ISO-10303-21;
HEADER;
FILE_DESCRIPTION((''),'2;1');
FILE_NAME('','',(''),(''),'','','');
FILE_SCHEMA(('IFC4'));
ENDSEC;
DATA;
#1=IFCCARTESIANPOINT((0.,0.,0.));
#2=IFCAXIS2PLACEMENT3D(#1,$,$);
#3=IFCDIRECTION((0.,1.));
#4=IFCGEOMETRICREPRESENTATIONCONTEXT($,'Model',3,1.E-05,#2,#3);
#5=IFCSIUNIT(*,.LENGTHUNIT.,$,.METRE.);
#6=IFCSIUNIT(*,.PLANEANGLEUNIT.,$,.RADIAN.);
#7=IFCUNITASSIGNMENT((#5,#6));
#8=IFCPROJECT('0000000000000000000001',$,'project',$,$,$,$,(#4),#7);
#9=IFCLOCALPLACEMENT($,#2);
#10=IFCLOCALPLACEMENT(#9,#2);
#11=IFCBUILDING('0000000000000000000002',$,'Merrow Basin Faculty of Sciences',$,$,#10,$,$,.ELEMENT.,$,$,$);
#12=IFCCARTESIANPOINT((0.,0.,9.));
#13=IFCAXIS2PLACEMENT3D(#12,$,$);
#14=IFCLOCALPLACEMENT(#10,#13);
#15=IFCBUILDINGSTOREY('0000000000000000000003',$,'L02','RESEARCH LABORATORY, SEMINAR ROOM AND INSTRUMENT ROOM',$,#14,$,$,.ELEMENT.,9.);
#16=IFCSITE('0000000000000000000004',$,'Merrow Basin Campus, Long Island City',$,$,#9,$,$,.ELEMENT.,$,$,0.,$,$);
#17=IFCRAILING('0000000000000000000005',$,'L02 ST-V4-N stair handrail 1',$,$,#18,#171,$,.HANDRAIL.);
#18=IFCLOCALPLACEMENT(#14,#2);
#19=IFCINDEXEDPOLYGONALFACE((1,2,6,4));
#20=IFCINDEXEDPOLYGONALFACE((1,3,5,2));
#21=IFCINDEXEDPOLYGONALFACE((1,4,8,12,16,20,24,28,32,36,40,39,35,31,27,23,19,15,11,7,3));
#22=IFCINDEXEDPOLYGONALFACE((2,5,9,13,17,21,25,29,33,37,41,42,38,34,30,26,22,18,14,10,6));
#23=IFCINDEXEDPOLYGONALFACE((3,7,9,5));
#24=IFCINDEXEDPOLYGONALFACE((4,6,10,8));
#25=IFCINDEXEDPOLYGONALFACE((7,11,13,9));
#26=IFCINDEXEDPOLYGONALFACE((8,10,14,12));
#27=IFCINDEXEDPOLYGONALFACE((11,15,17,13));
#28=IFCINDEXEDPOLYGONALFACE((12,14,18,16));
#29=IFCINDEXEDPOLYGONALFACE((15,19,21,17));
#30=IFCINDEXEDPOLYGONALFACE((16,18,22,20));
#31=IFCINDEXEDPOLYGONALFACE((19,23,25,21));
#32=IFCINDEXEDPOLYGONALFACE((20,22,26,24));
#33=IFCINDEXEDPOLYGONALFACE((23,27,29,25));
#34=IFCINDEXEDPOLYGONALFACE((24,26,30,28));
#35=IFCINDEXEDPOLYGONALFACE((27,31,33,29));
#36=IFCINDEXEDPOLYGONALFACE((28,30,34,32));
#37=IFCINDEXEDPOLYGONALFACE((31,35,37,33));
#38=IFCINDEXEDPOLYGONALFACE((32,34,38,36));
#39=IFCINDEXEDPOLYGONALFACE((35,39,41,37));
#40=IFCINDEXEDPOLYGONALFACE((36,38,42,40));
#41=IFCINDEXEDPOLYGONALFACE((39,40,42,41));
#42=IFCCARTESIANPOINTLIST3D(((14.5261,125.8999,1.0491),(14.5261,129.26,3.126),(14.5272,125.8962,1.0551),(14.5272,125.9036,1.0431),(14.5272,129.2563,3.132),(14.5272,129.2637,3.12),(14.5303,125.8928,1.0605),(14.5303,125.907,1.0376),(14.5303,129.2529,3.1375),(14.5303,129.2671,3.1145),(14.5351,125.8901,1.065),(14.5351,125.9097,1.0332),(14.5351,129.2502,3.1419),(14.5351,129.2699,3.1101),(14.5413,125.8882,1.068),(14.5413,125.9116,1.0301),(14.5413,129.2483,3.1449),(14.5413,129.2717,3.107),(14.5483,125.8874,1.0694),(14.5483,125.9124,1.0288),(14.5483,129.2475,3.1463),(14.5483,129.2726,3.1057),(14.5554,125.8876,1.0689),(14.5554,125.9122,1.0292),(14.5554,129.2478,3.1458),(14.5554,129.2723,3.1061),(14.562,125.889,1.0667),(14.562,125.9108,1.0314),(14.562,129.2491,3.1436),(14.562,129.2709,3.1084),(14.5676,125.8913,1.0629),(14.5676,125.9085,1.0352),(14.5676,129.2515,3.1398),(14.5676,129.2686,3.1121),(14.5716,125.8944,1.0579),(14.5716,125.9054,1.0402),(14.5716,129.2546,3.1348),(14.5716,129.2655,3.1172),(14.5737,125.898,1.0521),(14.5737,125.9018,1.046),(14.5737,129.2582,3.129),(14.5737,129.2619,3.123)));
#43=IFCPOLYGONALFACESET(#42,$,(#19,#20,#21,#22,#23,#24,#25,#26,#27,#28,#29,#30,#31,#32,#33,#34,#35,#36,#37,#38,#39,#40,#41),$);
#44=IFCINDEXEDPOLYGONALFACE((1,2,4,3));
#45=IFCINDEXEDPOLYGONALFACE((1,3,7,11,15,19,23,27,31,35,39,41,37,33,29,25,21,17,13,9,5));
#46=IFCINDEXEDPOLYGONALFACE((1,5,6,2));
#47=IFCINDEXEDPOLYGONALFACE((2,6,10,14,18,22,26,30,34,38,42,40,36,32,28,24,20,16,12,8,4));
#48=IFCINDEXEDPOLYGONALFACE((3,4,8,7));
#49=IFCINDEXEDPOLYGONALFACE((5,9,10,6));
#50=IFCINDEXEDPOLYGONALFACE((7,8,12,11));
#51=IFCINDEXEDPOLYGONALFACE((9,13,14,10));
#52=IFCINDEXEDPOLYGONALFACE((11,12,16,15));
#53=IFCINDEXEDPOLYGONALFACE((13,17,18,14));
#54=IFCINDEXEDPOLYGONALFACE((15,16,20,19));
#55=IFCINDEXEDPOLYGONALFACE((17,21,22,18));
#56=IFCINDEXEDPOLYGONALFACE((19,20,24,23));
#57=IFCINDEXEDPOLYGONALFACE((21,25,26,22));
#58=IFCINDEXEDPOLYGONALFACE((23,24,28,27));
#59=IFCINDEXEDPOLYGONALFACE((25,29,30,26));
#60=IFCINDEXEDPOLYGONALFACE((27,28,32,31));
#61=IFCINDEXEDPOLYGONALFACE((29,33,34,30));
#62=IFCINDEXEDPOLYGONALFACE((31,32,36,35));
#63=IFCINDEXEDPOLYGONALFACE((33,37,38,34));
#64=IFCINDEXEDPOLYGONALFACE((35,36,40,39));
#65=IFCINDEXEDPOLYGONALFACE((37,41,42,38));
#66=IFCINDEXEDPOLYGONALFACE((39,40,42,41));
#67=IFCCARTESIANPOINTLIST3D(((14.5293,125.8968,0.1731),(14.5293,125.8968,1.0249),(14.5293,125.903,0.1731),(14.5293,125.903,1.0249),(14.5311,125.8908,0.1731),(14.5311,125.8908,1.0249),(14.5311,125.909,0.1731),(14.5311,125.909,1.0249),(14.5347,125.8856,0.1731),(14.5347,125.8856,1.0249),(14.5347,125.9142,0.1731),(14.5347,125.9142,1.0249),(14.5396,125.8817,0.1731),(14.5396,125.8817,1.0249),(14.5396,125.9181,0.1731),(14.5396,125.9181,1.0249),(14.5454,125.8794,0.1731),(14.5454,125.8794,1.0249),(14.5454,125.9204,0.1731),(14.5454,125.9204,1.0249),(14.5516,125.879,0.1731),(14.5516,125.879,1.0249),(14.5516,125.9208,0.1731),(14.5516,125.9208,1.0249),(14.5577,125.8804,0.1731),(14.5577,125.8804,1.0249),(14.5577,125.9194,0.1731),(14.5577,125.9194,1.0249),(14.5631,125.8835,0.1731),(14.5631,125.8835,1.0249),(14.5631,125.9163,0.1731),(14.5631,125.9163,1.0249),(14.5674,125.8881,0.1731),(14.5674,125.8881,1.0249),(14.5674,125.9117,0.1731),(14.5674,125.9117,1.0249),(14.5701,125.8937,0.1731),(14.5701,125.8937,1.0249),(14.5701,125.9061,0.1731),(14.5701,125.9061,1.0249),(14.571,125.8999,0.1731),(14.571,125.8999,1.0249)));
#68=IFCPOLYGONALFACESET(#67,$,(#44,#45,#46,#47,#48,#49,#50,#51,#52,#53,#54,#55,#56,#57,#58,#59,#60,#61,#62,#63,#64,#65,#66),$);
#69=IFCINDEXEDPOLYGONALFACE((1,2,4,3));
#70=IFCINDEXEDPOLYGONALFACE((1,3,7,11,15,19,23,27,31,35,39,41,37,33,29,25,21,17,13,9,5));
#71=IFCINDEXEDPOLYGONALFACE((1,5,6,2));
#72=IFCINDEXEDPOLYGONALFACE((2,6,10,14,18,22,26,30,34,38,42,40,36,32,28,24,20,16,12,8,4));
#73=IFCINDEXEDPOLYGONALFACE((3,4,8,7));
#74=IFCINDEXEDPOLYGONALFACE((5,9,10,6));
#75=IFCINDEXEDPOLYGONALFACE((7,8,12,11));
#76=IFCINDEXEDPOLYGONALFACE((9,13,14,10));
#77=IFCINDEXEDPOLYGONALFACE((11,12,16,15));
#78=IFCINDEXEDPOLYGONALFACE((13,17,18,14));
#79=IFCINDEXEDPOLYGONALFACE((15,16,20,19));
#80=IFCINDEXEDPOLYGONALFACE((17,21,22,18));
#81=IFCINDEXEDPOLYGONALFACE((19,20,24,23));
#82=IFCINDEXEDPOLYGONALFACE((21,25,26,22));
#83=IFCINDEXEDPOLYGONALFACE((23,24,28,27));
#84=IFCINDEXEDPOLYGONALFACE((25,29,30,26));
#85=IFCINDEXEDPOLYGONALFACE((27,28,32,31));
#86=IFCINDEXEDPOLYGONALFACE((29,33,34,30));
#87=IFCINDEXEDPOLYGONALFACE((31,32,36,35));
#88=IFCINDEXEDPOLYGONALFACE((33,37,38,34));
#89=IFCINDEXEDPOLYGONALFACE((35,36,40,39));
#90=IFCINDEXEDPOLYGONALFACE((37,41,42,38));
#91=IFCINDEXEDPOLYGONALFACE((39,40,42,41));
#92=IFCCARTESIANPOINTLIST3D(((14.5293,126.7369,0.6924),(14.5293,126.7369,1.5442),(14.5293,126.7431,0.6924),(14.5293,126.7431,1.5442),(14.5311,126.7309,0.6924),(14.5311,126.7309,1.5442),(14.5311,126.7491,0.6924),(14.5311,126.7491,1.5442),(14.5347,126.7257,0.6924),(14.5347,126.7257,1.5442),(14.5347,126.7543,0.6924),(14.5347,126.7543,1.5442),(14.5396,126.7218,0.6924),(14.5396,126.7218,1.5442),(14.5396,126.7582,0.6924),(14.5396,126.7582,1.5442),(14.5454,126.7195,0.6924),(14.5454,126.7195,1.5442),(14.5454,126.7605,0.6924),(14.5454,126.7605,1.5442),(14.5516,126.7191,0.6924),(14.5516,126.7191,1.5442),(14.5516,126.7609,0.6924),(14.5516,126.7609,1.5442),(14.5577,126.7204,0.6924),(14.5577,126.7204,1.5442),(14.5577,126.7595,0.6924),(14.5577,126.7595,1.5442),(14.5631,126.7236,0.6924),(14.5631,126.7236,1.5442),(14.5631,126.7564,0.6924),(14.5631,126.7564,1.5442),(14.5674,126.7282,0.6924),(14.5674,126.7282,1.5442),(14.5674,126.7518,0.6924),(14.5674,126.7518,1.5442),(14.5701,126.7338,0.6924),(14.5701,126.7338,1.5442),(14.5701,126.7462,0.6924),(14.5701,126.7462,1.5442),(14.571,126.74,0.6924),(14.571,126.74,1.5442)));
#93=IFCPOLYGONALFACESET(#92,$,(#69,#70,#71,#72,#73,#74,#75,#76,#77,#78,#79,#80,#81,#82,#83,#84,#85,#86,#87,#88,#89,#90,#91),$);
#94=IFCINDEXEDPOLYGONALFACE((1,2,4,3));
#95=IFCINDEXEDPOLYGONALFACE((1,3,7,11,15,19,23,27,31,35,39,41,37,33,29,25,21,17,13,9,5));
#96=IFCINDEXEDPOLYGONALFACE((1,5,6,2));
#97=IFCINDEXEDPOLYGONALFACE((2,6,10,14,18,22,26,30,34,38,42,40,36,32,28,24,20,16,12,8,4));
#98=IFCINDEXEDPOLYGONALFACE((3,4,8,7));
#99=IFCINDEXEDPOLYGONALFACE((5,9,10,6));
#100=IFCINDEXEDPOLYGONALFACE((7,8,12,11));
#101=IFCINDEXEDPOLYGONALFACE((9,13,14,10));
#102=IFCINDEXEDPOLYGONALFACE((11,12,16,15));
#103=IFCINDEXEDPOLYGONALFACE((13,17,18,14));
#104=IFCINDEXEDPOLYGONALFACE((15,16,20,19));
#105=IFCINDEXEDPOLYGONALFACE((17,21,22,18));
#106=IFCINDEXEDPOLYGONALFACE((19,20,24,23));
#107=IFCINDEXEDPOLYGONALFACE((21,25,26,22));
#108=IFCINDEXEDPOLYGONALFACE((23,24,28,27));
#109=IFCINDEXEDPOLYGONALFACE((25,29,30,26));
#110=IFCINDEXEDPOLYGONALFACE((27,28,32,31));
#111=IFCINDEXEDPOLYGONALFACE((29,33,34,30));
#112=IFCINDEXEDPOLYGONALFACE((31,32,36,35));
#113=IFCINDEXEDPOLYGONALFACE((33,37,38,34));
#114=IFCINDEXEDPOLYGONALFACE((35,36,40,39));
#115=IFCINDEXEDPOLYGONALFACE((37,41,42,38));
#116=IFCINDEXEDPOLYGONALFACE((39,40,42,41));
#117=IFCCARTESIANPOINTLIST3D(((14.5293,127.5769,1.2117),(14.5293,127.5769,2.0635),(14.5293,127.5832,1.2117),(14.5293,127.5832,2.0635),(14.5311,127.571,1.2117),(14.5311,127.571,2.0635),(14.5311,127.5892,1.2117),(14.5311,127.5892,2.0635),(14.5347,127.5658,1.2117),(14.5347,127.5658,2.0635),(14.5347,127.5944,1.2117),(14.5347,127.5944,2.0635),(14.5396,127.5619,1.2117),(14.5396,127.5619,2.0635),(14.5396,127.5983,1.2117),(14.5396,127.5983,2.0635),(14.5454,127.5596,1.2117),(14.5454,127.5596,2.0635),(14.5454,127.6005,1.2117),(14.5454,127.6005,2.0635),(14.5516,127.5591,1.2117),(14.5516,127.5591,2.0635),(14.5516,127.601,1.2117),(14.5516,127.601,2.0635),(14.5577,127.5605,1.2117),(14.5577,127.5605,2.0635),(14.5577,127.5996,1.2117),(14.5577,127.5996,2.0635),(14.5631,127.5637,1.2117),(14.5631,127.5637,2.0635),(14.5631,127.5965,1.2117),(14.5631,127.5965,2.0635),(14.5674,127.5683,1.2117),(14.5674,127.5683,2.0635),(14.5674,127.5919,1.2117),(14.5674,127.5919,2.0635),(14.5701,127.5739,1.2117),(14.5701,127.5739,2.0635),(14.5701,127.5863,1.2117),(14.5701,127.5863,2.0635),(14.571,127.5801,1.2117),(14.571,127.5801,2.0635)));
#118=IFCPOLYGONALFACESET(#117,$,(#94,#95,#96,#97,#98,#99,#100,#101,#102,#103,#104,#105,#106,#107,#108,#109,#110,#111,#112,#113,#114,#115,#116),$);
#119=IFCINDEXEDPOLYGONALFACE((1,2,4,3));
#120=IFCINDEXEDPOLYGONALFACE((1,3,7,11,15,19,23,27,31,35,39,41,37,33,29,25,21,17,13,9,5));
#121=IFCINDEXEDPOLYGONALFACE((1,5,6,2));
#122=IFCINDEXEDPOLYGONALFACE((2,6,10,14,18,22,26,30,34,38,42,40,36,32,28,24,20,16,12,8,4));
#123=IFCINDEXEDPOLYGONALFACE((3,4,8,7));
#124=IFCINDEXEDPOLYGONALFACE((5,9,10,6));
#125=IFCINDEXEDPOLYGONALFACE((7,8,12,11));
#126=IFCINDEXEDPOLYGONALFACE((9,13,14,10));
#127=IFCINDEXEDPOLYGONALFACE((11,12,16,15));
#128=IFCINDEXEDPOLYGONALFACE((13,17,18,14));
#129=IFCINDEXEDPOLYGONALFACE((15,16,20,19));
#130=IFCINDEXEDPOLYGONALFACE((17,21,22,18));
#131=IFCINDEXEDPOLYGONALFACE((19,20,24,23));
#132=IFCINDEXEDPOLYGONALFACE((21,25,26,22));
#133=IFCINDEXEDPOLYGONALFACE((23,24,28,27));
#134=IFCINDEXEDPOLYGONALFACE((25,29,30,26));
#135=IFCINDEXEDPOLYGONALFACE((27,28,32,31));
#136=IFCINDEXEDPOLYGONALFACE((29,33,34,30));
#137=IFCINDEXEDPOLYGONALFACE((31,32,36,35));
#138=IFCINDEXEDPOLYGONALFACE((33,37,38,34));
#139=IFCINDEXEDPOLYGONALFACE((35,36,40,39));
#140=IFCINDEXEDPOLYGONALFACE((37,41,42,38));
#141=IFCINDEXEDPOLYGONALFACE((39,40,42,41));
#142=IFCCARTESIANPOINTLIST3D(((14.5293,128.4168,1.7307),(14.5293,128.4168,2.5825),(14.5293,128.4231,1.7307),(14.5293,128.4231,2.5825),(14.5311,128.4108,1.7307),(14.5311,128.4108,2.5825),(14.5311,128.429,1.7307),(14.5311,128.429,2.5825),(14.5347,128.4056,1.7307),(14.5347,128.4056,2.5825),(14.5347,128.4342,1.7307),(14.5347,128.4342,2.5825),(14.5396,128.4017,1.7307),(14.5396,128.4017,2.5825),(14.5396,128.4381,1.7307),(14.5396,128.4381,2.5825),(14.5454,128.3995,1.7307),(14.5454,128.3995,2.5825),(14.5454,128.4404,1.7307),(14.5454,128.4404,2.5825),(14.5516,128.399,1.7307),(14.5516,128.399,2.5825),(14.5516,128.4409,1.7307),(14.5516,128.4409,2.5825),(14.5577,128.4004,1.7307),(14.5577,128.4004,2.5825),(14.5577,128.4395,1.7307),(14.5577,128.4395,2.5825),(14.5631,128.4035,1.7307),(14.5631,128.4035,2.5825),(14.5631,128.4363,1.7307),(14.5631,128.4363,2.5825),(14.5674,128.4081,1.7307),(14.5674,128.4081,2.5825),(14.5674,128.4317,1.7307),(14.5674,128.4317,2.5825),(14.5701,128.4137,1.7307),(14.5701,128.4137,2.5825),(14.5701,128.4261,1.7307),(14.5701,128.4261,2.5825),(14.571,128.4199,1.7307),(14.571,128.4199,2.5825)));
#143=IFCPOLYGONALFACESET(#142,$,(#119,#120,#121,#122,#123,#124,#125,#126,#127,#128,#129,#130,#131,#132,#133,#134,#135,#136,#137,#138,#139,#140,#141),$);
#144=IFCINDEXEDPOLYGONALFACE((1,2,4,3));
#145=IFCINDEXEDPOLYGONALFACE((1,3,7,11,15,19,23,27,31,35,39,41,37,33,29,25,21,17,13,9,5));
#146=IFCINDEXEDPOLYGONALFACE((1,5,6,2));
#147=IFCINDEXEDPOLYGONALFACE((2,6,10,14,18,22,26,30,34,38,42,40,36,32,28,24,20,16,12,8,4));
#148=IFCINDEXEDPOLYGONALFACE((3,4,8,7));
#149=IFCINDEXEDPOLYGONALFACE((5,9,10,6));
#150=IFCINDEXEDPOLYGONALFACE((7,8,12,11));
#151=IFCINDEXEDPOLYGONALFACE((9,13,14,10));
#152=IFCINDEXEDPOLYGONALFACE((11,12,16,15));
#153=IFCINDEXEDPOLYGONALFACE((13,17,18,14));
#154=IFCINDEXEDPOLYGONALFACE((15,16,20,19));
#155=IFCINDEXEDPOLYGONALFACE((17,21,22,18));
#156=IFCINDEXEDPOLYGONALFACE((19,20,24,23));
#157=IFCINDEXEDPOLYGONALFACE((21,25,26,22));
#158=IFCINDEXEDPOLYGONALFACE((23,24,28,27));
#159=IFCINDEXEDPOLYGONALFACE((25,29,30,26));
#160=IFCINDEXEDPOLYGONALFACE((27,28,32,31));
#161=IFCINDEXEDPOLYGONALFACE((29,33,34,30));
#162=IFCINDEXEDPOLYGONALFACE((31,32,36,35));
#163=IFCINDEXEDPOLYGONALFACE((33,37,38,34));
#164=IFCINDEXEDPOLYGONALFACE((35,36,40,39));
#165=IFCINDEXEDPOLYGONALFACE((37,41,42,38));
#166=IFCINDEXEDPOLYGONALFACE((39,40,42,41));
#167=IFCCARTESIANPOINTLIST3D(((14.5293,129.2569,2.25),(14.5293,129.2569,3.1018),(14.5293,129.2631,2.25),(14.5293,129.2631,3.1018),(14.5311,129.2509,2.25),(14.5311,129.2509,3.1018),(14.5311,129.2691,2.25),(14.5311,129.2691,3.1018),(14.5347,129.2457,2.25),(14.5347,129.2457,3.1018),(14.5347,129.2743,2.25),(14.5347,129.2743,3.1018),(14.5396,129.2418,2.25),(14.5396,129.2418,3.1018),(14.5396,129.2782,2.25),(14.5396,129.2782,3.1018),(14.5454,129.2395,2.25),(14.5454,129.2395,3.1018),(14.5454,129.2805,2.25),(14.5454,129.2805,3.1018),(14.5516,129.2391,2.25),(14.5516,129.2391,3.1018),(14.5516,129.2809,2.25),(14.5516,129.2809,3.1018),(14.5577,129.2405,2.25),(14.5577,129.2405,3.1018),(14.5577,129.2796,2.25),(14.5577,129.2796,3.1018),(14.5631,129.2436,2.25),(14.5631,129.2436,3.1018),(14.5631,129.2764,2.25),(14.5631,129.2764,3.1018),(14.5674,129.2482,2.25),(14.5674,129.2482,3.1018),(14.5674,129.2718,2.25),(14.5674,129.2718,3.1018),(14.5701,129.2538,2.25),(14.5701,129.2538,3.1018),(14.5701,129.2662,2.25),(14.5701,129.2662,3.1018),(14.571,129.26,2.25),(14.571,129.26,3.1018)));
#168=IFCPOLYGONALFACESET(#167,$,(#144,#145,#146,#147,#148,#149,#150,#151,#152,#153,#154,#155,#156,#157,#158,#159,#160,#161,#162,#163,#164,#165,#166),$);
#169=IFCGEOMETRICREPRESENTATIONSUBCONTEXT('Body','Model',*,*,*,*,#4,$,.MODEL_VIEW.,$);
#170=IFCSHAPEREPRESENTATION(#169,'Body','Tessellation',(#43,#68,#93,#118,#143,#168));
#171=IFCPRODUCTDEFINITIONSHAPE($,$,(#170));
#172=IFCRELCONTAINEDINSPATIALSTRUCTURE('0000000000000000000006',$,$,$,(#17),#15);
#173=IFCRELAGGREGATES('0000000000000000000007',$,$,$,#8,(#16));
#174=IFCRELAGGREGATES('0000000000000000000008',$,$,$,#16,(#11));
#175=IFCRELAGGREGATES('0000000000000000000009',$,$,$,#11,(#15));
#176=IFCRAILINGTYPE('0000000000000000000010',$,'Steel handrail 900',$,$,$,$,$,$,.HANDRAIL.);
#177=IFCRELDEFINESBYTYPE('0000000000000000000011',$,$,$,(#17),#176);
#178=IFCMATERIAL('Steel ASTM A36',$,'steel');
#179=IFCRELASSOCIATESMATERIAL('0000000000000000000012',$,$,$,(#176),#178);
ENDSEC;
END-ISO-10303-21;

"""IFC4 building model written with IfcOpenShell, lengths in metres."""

from ifc_helpers import new_model, si_unit, direction, frame, origin, origin_2d, place, context, subcontext, project, spatial, circle, extrude, material, type_object, element, save


model = new_model("IFC4")

# Units and contexts
model_context = context("Model", 3, precision=1e-05, world=origin(), true_north=direction((0.0, 1.0)))
body_context = subcontext(model_context, "Body", "Model", "MODEL_VIEW")
ifc_project = project(units=[si_unit("LENGTHUNIT", "METRE"), si_unit("PLANEANGLEUNIT", "RADIAN")], contexts=[model_context])

# Site, building, storey
site_placement = place(None, origin())
site = spatial("IfcSite", under=ifc_project, at=site_placement, Name="Merrow Basin Campus, Long Island City", CompositionType="ELEMENT", RefElevation=0.0)
building_placement = place(site_placement, origin())
building = spatial("IfcBuilding", under=site, at=building_placement, Name="Merrow Basin Faculty of Sciences", CompositionType="ELEMENT")
storey_placement = place(building_placement, frame((0.0, 0.0, 9.0)))
storey = spatial("IfcBuildingStorey", under=building, at=storey_placement, Name="L02", Description="RESEARCH LABORATORY, SEMINAR ROOM AND INSTRUMENT ROOM", CompositionType="ELEMENT", Elevation=9.0)

# Railing
ifc_material_1 = material(Name="Steel ASTM A36", Category="steel")
railing_type_1 = type_object("IfcRailingType", Name="Steel handrail 900", PredefinedType="HANDRAIL", material=ifc_material_1)
railing_1_placement = place(storey_placement, frame((14.55, 125.8999, 0.1731)))
element("IfcRailing", 1, at=railing_1_placement, inside=storey, type_object=railing_type_1, Name="L02 ST-V4-N stair handrail 1", PredefinedType="HANDRAIL", context=body_context, shape_type="SweptSolid", body=[
    extrude(circle(Radius=0.0239, at=origin_2d()), frame((0.0, 0.0, 0.876), z_axis=(0.0, 0.850623, 0.525776), x_axis=(-1.0, 0.0, 0.0)), (0.0, 0.0, 1.0), 3.9502),
    extrude(circle(Radius=0.021, at=origin_2d()), origin(), (0.0, 0.0, 1.0), 0.8518),
    extrude(circle(Radius=0.021, at=origin_2d()), frame((0.0, 0.8401, 0.5193)), (0.0, 0.0, 1.0), 0.8518),
    extrude(circle(Radius=0.021, at=origin_2d()), frame((0.0, 1.6802, 1.0386)), (0.0, 0.0, 1.0), 0.8518),
    extrude(circle(Radius=0.021, at=origin_2d()), frame((0.0, 2.52, 1.5576)), (0.0, 0.0, 1.0), 0.8518),
    extrude(circle(Radius=0.021, at=origin_2d()), frame((0.0, 3.3601, 2.0769)), (0.0, 0.0, 1.0), 0.8518),
])

save(model, "model.ifc")
